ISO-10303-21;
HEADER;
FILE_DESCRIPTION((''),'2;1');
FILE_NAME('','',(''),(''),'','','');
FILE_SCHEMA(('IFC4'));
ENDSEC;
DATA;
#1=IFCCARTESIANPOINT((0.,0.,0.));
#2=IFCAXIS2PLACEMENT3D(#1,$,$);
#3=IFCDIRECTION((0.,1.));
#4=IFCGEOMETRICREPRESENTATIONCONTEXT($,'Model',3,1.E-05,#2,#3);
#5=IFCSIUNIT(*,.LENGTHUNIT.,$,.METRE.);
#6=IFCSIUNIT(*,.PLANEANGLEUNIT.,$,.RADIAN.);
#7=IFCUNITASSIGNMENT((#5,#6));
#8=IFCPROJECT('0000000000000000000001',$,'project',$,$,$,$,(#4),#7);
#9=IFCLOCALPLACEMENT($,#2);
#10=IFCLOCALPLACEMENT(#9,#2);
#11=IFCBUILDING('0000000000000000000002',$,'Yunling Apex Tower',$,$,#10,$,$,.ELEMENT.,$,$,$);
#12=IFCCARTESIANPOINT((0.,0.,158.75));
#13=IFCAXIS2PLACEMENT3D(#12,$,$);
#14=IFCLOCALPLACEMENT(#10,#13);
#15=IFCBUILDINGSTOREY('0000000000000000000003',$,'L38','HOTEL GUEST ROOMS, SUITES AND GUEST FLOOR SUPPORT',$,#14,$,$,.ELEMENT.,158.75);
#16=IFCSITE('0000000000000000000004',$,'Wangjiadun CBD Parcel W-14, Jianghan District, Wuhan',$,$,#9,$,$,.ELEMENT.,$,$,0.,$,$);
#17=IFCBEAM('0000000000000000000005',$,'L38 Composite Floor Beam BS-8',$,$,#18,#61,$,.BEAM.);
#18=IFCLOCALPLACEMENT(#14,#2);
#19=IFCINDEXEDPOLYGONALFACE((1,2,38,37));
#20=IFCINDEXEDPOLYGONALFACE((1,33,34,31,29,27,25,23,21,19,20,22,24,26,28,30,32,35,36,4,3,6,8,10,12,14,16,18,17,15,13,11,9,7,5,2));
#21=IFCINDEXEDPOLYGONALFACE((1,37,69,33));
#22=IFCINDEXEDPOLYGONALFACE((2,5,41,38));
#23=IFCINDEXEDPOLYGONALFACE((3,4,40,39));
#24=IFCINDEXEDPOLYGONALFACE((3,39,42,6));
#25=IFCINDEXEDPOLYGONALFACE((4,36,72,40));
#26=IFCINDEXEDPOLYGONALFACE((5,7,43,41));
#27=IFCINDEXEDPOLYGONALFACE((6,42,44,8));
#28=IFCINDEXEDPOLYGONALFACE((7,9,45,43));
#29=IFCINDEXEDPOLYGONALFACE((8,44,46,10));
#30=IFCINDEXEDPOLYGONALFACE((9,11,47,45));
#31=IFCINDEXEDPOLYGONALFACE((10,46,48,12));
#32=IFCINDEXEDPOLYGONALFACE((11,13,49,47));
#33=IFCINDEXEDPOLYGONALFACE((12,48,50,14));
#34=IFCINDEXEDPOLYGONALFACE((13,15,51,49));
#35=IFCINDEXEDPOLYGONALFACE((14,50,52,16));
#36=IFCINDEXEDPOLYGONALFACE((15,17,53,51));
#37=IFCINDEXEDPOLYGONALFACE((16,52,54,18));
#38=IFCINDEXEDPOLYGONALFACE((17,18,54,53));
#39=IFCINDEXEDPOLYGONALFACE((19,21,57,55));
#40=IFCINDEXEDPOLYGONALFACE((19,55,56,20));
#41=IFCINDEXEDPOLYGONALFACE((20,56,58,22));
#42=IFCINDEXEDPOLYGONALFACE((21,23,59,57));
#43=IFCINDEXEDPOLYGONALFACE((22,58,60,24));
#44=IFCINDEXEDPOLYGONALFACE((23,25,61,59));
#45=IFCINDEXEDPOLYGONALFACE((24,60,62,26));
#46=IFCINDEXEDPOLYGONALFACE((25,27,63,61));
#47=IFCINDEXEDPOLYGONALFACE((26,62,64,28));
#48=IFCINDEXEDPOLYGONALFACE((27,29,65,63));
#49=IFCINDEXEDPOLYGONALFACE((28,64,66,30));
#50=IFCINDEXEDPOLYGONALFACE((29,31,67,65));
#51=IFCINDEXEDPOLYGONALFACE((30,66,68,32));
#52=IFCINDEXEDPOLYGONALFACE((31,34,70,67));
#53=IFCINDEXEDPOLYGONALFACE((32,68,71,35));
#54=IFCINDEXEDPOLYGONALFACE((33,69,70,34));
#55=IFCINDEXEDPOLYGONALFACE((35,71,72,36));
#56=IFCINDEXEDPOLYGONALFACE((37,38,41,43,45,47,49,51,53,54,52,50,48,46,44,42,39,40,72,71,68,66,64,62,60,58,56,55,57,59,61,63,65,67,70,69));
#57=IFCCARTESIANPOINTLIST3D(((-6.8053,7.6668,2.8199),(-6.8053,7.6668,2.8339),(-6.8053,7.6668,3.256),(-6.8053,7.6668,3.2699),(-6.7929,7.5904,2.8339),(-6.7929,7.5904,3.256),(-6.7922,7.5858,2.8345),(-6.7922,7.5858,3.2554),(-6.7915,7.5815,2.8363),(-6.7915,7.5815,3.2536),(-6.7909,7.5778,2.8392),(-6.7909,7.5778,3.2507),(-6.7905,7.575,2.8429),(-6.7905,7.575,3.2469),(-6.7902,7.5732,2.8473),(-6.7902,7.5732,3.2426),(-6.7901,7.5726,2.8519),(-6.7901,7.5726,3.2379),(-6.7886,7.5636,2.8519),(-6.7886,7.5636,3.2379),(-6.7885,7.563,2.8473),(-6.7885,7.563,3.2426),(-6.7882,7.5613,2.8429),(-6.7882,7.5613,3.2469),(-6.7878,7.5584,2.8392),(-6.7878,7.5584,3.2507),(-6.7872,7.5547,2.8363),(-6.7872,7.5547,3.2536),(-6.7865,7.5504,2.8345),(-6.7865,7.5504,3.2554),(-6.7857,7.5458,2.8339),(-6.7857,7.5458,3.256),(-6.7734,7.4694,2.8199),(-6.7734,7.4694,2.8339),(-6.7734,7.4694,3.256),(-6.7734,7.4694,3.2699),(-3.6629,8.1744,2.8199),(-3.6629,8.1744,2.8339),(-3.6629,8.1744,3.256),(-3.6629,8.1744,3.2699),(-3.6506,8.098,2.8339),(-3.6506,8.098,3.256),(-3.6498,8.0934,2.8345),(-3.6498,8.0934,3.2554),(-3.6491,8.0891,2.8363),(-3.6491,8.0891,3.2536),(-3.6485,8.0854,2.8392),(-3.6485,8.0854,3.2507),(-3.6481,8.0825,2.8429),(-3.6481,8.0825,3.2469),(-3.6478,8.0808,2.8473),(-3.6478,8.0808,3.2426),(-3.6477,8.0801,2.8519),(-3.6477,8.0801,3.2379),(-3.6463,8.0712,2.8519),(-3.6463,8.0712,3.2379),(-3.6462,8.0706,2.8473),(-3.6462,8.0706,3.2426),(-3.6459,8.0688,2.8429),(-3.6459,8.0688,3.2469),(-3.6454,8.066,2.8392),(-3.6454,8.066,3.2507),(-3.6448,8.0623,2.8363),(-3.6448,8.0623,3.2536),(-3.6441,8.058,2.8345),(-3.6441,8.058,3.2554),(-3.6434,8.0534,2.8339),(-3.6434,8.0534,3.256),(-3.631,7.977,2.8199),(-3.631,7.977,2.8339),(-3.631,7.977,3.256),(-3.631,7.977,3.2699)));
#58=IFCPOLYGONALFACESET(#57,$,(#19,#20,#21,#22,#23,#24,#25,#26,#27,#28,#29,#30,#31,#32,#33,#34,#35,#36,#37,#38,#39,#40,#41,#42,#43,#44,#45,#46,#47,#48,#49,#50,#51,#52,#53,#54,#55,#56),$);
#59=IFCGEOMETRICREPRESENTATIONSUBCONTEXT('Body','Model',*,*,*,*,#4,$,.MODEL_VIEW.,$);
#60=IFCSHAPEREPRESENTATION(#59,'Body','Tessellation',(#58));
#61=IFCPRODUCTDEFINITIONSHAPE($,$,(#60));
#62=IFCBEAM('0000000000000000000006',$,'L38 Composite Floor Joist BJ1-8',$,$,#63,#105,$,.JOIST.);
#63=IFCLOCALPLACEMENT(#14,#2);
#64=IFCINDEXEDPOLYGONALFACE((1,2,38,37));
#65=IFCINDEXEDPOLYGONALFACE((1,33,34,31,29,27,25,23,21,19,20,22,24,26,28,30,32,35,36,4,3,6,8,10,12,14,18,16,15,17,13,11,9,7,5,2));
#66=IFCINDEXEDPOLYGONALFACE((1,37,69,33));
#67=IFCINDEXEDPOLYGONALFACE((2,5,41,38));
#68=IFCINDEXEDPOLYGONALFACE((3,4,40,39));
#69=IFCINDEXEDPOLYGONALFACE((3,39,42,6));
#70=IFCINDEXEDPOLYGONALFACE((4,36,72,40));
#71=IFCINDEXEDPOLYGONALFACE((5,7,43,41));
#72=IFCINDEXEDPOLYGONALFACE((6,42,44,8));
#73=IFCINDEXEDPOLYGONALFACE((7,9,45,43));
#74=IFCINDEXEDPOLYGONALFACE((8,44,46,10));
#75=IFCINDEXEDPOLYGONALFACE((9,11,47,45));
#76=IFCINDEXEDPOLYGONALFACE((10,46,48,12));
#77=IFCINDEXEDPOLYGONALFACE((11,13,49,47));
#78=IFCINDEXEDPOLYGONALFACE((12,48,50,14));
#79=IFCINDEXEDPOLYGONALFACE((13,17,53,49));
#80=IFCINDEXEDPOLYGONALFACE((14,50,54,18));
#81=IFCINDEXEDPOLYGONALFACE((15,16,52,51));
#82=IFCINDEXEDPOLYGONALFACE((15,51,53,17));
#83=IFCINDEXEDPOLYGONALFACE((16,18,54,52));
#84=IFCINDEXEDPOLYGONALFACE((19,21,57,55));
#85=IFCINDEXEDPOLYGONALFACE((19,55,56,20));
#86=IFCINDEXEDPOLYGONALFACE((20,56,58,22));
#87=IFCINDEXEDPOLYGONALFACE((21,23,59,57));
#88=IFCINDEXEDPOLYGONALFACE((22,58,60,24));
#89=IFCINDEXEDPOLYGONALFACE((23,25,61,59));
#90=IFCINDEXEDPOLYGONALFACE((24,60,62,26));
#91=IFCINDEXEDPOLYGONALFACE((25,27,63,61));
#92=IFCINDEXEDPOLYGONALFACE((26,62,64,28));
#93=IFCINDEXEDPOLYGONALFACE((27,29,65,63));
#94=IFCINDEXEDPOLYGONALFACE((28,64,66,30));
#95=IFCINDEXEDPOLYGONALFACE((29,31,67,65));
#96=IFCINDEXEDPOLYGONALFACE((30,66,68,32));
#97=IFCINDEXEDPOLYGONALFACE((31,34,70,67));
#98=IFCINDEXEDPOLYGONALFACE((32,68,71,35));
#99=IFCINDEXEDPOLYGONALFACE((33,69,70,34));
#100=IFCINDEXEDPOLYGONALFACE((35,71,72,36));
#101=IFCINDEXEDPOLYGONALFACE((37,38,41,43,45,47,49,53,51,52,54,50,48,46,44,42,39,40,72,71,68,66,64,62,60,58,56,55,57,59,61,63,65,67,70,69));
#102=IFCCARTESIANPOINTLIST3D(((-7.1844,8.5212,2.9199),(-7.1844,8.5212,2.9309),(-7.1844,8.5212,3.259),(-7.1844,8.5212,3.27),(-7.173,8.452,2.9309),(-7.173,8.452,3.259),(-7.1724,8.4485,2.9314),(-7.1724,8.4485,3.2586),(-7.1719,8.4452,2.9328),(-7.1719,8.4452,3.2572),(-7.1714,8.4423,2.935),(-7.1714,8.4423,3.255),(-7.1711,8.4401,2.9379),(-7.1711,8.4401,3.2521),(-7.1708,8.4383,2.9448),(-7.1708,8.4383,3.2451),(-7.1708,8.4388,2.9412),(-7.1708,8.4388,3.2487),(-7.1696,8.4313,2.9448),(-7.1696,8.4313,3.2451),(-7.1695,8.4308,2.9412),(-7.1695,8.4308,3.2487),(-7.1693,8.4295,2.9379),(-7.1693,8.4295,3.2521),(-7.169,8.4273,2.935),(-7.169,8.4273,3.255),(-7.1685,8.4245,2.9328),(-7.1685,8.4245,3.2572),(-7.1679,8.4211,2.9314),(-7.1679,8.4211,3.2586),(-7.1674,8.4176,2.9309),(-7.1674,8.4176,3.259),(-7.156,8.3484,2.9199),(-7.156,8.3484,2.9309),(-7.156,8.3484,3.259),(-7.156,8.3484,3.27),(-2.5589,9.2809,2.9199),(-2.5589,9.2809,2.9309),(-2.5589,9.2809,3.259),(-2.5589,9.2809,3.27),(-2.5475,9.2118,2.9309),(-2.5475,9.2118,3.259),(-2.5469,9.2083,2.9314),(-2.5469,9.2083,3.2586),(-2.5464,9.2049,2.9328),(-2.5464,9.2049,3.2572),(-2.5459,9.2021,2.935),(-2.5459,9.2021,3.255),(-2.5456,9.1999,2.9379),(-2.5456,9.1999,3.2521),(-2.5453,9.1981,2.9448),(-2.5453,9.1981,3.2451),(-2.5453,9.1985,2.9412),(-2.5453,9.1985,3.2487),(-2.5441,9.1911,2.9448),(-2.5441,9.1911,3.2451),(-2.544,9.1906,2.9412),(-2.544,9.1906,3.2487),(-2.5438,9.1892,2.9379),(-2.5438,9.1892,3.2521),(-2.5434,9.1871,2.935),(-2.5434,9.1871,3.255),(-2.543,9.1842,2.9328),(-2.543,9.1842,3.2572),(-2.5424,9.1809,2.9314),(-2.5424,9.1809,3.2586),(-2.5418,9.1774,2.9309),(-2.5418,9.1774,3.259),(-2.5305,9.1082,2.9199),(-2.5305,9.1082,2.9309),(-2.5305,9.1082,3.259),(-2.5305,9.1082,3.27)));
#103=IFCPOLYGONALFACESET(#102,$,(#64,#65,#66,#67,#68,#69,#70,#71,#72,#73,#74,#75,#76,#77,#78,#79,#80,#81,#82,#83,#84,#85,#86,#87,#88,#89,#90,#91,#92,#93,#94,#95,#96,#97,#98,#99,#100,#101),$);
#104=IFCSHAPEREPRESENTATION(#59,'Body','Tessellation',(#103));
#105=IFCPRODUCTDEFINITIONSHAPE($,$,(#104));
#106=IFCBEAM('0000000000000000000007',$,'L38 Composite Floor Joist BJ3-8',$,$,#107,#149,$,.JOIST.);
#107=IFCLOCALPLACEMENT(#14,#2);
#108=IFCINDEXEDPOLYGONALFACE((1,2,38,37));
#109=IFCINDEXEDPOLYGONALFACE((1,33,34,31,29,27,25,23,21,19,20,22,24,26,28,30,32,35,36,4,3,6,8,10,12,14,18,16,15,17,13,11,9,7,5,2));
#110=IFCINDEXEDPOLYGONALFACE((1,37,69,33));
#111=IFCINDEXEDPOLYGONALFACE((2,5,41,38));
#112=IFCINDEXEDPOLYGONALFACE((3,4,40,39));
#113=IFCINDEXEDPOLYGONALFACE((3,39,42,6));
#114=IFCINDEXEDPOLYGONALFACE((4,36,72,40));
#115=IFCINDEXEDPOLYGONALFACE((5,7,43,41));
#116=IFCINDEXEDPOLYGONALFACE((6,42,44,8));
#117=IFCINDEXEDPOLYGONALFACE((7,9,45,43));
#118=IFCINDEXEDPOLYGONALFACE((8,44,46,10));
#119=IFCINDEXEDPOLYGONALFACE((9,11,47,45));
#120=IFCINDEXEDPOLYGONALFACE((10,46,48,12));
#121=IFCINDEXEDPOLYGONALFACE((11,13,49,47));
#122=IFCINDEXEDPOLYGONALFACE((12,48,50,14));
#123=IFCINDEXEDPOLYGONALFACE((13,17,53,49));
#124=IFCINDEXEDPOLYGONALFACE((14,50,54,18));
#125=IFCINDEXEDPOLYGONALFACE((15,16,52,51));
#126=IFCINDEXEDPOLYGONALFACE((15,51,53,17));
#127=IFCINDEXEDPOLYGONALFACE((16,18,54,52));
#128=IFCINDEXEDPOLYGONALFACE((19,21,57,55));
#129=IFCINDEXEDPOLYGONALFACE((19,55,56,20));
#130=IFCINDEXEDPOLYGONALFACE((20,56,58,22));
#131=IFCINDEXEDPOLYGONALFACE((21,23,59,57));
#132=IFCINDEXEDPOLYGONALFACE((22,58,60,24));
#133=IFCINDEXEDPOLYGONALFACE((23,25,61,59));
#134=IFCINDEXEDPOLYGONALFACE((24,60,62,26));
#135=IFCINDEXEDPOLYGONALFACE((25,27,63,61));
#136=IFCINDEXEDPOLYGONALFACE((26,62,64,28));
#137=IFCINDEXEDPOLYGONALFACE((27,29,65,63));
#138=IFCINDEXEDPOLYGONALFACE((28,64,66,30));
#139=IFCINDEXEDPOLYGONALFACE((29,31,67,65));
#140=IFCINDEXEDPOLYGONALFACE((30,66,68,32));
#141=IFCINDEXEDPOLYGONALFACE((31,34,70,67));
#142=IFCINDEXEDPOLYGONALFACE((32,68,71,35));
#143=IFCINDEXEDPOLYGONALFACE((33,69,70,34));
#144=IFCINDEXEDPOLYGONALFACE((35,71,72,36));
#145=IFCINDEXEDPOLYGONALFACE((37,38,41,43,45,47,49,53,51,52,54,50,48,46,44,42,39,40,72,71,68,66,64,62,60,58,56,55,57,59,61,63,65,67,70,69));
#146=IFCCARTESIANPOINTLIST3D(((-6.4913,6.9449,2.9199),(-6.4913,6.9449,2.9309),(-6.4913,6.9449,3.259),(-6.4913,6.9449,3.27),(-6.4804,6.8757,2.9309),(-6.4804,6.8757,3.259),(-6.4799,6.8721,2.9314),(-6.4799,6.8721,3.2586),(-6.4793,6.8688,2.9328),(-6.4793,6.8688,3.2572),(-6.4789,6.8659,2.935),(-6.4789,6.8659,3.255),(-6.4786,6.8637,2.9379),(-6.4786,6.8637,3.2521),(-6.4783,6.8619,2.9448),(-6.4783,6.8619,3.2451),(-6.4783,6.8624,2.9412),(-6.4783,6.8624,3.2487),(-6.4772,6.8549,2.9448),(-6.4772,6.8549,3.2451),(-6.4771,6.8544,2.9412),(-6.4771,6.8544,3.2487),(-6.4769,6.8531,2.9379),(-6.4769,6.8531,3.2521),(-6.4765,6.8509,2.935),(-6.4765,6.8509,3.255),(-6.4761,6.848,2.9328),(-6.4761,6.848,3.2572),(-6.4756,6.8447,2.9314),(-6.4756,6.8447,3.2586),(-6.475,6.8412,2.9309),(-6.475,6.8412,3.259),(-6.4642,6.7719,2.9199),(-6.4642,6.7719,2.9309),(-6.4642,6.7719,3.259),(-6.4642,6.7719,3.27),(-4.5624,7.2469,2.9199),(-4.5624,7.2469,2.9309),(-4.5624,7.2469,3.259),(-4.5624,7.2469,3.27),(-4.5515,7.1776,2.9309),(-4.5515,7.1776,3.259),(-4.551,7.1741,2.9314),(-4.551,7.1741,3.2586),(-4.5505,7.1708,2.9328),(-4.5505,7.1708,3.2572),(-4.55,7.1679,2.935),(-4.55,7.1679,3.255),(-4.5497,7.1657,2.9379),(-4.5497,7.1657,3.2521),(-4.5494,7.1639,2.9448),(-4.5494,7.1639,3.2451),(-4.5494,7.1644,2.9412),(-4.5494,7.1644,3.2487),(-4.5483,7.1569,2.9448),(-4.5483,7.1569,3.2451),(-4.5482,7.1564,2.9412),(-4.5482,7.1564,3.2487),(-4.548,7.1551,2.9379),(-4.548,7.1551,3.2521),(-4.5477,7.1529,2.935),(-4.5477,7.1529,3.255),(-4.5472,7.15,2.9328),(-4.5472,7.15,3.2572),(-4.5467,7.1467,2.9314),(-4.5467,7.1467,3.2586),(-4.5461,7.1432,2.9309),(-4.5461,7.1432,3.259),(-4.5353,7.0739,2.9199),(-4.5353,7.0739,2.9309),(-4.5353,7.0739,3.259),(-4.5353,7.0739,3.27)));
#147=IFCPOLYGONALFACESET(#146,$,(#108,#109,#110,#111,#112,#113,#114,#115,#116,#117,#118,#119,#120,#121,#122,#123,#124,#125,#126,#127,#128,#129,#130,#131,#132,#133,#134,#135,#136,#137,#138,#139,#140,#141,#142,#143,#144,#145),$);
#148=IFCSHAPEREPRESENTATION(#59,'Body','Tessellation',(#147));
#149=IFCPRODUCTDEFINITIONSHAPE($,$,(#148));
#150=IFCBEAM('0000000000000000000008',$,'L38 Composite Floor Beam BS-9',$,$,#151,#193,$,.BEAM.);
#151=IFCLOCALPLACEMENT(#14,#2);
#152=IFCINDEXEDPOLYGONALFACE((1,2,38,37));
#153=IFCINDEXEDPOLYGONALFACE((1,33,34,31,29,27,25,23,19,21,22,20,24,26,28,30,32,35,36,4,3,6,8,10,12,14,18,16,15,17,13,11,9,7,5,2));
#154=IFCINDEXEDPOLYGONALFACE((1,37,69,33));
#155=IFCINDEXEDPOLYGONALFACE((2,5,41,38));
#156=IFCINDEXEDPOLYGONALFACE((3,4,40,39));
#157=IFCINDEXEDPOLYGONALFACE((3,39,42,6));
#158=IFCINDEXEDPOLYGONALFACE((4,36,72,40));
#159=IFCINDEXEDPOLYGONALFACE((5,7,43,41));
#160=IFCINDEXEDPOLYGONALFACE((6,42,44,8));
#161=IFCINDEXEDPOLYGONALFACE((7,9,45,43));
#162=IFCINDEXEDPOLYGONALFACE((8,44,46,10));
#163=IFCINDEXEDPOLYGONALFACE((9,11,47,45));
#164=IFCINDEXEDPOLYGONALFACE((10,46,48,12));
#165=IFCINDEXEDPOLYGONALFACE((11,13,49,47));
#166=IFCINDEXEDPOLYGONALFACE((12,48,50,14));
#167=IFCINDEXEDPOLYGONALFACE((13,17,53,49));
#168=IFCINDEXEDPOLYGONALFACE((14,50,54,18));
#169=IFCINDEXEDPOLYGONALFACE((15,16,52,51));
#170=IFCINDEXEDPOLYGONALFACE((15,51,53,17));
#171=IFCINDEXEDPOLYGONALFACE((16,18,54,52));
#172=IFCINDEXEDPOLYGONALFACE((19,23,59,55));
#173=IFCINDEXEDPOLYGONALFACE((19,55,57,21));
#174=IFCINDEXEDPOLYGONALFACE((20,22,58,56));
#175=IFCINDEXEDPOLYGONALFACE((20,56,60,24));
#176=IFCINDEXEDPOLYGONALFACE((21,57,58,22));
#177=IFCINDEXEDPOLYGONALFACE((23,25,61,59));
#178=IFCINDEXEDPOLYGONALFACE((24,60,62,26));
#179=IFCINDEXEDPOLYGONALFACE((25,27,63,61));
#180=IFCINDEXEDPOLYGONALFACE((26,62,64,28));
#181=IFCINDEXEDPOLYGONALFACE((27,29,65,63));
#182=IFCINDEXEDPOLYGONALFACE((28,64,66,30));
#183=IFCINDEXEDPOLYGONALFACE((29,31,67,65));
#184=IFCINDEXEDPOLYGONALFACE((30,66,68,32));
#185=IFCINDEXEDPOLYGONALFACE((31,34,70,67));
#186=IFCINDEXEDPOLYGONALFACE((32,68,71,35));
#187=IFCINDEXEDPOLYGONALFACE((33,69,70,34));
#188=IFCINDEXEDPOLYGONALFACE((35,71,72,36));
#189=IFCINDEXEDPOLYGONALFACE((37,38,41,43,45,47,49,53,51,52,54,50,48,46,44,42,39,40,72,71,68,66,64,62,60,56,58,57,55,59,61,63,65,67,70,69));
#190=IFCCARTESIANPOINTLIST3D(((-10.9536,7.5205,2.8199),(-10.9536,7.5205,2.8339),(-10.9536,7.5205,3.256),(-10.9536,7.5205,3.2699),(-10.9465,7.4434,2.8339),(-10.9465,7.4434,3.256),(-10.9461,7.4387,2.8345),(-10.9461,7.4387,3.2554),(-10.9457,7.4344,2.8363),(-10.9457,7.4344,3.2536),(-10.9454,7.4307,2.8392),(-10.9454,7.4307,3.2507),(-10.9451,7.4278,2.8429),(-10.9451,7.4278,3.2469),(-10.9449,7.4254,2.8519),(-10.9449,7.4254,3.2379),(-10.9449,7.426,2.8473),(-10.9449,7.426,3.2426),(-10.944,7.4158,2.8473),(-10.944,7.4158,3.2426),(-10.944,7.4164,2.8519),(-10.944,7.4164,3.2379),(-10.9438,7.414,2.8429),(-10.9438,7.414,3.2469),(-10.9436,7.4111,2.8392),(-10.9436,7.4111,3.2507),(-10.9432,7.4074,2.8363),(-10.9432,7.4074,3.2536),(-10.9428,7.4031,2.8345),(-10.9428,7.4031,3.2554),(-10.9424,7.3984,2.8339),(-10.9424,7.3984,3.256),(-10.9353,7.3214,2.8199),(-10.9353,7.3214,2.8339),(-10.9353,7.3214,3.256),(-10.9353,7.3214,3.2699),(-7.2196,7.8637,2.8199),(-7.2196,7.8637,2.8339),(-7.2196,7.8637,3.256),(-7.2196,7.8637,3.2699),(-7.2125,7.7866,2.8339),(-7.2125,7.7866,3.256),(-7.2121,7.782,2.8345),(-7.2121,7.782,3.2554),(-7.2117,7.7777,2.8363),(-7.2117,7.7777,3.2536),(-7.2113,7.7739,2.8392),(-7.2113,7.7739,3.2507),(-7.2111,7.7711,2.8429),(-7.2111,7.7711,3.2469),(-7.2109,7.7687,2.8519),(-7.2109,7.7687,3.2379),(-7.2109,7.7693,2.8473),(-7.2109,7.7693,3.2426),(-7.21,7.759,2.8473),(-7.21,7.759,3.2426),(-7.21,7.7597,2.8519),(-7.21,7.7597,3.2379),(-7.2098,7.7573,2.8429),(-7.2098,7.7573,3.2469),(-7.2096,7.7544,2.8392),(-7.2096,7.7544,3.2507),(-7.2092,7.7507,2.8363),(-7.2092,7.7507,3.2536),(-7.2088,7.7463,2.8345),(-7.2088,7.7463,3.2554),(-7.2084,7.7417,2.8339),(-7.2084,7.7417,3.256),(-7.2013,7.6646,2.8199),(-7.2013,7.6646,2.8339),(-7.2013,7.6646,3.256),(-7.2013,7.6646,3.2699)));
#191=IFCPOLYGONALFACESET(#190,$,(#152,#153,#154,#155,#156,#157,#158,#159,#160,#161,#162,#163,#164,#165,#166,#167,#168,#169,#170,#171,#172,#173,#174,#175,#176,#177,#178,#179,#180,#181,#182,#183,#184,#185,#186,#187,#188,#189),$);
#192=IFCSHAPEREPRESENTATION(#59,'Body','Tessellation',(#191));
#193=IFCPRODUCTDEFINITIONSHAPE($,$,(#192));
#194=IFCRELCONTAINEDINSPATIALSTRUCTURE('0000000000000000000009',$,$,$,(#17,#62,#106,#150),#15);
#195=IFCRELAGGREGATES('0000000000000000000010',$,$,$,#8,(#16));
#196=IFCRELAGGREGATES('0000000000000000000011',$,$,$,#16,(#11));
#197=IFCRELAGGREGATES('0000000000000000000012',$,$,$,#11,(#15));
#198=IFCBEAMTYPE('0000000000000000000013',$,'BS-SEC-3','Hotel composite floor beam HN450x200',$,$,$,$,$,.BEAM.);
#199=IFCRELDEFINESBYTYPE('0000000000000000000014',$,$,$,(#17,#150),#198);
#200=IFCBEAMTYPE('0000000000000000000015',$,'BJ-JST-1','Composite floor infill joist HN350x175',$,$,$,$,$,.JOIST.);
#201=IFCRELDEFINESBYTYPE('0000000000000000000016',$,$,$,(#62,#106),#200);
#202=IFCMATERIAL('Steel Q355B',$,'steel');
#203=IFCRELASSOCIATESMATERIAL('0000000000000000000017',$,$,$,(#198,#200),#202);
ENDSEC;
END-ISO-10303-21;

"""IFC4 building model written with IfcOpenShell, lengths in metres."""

from ifc_helpers import new_model, si_unit, direction, frame, origin, origin_2d, place, context, subcontext, project, spatial, i_section, extrude, source, transform, mapped, material, material_profile, profile_set, type_object, element, save


model = new_model("IFC4")

# Units and contexts
model_context = context("Model", 3, precision=1e-05, world=origin(), true_north=direction((0.0, 1.0)))
body_context = subcontext(model_context, "Body", "Model", "MODEL_VIEW")
ifc_project = project(units=[si_unit("LENGTHUNIT", "METRE"), si_unit("PLANEANGLEUNIT", "RADIAN")], contexts=[model_context])

# Site, building, storey
site_placement = place(None, origin())
site = spatial("IfcSite", under=ifc_project, at=site_placement, Name="Wangjiadun CBD Parcel W-14, Jianghan District, Wuhan", CompositionType="ELEMENT", RefElevation=0.0)
building_placement = place(site_placement, origin())
building = spatial("IfcBuilding", under=site, at=building_placement, Name="Yunling Apex Tower", CompositionType="ELEMENT")
storey_placement = place(building_placement, frame((0.0, 0.0, 158.75)))
storey = spatial("IfcBuildingStorey", under=building, at=storey_placement, Name="L38", Description="HOTEL GUEST ROOMS, SUITES AND GUEST FLOOR SUPPORT", CompositionType="ELEMENT", Elevation=158.75)

# Beams
ifc_material_1 = material(Name="Steel Q355B", Category="steel")
ifc_material_profile_1 = material_profile(ifc_material_1, i_section(OverallWidth=0.2, OverallDepth=0.45, WebThickness=0.009, FlangeThickness=0.0139, FilletRadius=0.0181, at=origin_2d()))
ifc_profile_set_1 = profile_set([ifc_material_profile_1], Name="Steel Q355B")
beam_type_1 = type_object("IfcBeamType", Name="BS-SEC-3", Description="Hotel composite floor beam HN450x200", PredefinedType="BEAM", material=ifc_profile_set_1)
shared_shape_1 = source(origin(), body_context, "Body", "SweptSolid", [
    extrude(i_section(OverallWidth=0.2, OverallDepth=0.45, WebThickness=0.009, FlangeThickness=0.0139, FilletRadius=0.0181, at=origin_2d()), origin(), (0.0, 0.0, 1.0), 3.1831),
])
beam_1_placement = place(storey_placement, frame((-3.647, 8.0757, 3.0449), z_axis=(-0.987205, -0.159459, 0.0), x_axis=(0.159459, -0.987205, 0.0)))
element("IfcBeam", 1, at=beam_1_placement, inside=storey, type_object=beam_type_1, Name="L38 Composite Floor Beam BS-8", PredefinedType="BEAM", context=body_context, shape_type="MappedRepresentation", body=[
    mapped(shared_shape_1, transform((0.0, 0.0, 0.0), scale=1.0)),
])
ifc_material_profile_2 = material_profile(ifc_material_1, i_section(OverallWidth=0.175, OverallDepth=0.3501, WebThickness=0.0071, FlangeThickness=0.011, FilletRadius=0.0139, at=origin_2d()))
ifc_profile_set_2 = profile_set([ifc_material_profile_2], Name="Steel Q355B")
beam_type_2 = type_object("IfcBeamType", Name="BJ-JST-1", Description="Composite floor infill joist HN350x175", PredefinedType="JOIST", material=ifc_profile_set_2)
shared_shape_2 = source(origin(), body_context, "Body", "SweptSolid", [
    extrude(i_section(OverallWidth=0.175, OverallDepth=0.3501, WebThickness=0.0071, FlangeThickness=0.011, FilletRadius=0.0139, at=origin_2d()), origin(), (0.0, 0.0, 1.0), 4.6875),
])
beam_2_placement = place(storey_placement, frame((-2.5447, 9.1946, 3.095), z_axis=(-0.986777, -0.162084, 0.0), x_axis=(0.162084, -0.986777, 0.0)))
element("IfcBeam", 2, at=beam_2_placement, inside=storey, type_object=beam_type_2, Name="L38 Composite Floor Joist BJ1-8", PredefinedType="JOIST", context=body_context, shape_type="MappedRepresentation", body=[
    mapped(shared_shape_2, transform((0.0, 0.0, 0.0), scale=1.0)),
])
shared_shape_3 = source(origin(), body_context, "Body", "SweptSolid", [
    extrude(i_section(OverallWidth=0.175, OverallDepth=0.3501, WebThickness=0.0071, FlangeThickness=0.011, FilletRadius=0.0139, at=origin_2d()), origin(), (0.0, 0.0, 1.0), 1.9524),
])
beam_3_placement = place(storey_placement, frame((-4.5488, 7.1604, 3.095), z_axis=(-0.987965, -0.154678, 0.0), x_axis=(0.154678, -0.987965, 0.0)))
element("IfcBeam", 3, at=beam_3_placement, inside=storey, type_object=beam_type_2, Name="L38 Composite Floor Joist BJ3-8", PredefinedType="JOIST", context=body_context, shape_type="MappedRepresentation", body=[
    mapped(shared_shape_3, transform((0.0, 0.0, 0.0), scale=1.0)),
])
shared_shape_4 = source(origin(), body_context, "Body", "SweptSolid", [
    extrude(i_section(OverallWidth=0.2, OverallDepth=0.45, WebThickness=0.009, FlangeThickness=0.0139, FilletRadius=0.0181, at=origin_2d()), origin(), (0.0, 0.0, 1.0), 3.7498),
])
beam_4_placement = place(storey_placement, frame((-7.2104, 7.7642, 3.0449), z_axis=(-0.995801, -0.09154, 0.0), x_axis=(0.09154, -0.995801, 0.0)))
element("IfcBeam", 4, at=beam_4_placement, inside=storey, type_object=beam_type_1, Name="L38 Composite Floor Beam BS-9", PredefinedType="BEAM", context=body_context, shape_type="MappedRepresentation", body=[
    mapped(shared_shape_4, transform((0.0, 0.0, 0.0), scale=1.0)),
])

save(model, "model.ifc")
